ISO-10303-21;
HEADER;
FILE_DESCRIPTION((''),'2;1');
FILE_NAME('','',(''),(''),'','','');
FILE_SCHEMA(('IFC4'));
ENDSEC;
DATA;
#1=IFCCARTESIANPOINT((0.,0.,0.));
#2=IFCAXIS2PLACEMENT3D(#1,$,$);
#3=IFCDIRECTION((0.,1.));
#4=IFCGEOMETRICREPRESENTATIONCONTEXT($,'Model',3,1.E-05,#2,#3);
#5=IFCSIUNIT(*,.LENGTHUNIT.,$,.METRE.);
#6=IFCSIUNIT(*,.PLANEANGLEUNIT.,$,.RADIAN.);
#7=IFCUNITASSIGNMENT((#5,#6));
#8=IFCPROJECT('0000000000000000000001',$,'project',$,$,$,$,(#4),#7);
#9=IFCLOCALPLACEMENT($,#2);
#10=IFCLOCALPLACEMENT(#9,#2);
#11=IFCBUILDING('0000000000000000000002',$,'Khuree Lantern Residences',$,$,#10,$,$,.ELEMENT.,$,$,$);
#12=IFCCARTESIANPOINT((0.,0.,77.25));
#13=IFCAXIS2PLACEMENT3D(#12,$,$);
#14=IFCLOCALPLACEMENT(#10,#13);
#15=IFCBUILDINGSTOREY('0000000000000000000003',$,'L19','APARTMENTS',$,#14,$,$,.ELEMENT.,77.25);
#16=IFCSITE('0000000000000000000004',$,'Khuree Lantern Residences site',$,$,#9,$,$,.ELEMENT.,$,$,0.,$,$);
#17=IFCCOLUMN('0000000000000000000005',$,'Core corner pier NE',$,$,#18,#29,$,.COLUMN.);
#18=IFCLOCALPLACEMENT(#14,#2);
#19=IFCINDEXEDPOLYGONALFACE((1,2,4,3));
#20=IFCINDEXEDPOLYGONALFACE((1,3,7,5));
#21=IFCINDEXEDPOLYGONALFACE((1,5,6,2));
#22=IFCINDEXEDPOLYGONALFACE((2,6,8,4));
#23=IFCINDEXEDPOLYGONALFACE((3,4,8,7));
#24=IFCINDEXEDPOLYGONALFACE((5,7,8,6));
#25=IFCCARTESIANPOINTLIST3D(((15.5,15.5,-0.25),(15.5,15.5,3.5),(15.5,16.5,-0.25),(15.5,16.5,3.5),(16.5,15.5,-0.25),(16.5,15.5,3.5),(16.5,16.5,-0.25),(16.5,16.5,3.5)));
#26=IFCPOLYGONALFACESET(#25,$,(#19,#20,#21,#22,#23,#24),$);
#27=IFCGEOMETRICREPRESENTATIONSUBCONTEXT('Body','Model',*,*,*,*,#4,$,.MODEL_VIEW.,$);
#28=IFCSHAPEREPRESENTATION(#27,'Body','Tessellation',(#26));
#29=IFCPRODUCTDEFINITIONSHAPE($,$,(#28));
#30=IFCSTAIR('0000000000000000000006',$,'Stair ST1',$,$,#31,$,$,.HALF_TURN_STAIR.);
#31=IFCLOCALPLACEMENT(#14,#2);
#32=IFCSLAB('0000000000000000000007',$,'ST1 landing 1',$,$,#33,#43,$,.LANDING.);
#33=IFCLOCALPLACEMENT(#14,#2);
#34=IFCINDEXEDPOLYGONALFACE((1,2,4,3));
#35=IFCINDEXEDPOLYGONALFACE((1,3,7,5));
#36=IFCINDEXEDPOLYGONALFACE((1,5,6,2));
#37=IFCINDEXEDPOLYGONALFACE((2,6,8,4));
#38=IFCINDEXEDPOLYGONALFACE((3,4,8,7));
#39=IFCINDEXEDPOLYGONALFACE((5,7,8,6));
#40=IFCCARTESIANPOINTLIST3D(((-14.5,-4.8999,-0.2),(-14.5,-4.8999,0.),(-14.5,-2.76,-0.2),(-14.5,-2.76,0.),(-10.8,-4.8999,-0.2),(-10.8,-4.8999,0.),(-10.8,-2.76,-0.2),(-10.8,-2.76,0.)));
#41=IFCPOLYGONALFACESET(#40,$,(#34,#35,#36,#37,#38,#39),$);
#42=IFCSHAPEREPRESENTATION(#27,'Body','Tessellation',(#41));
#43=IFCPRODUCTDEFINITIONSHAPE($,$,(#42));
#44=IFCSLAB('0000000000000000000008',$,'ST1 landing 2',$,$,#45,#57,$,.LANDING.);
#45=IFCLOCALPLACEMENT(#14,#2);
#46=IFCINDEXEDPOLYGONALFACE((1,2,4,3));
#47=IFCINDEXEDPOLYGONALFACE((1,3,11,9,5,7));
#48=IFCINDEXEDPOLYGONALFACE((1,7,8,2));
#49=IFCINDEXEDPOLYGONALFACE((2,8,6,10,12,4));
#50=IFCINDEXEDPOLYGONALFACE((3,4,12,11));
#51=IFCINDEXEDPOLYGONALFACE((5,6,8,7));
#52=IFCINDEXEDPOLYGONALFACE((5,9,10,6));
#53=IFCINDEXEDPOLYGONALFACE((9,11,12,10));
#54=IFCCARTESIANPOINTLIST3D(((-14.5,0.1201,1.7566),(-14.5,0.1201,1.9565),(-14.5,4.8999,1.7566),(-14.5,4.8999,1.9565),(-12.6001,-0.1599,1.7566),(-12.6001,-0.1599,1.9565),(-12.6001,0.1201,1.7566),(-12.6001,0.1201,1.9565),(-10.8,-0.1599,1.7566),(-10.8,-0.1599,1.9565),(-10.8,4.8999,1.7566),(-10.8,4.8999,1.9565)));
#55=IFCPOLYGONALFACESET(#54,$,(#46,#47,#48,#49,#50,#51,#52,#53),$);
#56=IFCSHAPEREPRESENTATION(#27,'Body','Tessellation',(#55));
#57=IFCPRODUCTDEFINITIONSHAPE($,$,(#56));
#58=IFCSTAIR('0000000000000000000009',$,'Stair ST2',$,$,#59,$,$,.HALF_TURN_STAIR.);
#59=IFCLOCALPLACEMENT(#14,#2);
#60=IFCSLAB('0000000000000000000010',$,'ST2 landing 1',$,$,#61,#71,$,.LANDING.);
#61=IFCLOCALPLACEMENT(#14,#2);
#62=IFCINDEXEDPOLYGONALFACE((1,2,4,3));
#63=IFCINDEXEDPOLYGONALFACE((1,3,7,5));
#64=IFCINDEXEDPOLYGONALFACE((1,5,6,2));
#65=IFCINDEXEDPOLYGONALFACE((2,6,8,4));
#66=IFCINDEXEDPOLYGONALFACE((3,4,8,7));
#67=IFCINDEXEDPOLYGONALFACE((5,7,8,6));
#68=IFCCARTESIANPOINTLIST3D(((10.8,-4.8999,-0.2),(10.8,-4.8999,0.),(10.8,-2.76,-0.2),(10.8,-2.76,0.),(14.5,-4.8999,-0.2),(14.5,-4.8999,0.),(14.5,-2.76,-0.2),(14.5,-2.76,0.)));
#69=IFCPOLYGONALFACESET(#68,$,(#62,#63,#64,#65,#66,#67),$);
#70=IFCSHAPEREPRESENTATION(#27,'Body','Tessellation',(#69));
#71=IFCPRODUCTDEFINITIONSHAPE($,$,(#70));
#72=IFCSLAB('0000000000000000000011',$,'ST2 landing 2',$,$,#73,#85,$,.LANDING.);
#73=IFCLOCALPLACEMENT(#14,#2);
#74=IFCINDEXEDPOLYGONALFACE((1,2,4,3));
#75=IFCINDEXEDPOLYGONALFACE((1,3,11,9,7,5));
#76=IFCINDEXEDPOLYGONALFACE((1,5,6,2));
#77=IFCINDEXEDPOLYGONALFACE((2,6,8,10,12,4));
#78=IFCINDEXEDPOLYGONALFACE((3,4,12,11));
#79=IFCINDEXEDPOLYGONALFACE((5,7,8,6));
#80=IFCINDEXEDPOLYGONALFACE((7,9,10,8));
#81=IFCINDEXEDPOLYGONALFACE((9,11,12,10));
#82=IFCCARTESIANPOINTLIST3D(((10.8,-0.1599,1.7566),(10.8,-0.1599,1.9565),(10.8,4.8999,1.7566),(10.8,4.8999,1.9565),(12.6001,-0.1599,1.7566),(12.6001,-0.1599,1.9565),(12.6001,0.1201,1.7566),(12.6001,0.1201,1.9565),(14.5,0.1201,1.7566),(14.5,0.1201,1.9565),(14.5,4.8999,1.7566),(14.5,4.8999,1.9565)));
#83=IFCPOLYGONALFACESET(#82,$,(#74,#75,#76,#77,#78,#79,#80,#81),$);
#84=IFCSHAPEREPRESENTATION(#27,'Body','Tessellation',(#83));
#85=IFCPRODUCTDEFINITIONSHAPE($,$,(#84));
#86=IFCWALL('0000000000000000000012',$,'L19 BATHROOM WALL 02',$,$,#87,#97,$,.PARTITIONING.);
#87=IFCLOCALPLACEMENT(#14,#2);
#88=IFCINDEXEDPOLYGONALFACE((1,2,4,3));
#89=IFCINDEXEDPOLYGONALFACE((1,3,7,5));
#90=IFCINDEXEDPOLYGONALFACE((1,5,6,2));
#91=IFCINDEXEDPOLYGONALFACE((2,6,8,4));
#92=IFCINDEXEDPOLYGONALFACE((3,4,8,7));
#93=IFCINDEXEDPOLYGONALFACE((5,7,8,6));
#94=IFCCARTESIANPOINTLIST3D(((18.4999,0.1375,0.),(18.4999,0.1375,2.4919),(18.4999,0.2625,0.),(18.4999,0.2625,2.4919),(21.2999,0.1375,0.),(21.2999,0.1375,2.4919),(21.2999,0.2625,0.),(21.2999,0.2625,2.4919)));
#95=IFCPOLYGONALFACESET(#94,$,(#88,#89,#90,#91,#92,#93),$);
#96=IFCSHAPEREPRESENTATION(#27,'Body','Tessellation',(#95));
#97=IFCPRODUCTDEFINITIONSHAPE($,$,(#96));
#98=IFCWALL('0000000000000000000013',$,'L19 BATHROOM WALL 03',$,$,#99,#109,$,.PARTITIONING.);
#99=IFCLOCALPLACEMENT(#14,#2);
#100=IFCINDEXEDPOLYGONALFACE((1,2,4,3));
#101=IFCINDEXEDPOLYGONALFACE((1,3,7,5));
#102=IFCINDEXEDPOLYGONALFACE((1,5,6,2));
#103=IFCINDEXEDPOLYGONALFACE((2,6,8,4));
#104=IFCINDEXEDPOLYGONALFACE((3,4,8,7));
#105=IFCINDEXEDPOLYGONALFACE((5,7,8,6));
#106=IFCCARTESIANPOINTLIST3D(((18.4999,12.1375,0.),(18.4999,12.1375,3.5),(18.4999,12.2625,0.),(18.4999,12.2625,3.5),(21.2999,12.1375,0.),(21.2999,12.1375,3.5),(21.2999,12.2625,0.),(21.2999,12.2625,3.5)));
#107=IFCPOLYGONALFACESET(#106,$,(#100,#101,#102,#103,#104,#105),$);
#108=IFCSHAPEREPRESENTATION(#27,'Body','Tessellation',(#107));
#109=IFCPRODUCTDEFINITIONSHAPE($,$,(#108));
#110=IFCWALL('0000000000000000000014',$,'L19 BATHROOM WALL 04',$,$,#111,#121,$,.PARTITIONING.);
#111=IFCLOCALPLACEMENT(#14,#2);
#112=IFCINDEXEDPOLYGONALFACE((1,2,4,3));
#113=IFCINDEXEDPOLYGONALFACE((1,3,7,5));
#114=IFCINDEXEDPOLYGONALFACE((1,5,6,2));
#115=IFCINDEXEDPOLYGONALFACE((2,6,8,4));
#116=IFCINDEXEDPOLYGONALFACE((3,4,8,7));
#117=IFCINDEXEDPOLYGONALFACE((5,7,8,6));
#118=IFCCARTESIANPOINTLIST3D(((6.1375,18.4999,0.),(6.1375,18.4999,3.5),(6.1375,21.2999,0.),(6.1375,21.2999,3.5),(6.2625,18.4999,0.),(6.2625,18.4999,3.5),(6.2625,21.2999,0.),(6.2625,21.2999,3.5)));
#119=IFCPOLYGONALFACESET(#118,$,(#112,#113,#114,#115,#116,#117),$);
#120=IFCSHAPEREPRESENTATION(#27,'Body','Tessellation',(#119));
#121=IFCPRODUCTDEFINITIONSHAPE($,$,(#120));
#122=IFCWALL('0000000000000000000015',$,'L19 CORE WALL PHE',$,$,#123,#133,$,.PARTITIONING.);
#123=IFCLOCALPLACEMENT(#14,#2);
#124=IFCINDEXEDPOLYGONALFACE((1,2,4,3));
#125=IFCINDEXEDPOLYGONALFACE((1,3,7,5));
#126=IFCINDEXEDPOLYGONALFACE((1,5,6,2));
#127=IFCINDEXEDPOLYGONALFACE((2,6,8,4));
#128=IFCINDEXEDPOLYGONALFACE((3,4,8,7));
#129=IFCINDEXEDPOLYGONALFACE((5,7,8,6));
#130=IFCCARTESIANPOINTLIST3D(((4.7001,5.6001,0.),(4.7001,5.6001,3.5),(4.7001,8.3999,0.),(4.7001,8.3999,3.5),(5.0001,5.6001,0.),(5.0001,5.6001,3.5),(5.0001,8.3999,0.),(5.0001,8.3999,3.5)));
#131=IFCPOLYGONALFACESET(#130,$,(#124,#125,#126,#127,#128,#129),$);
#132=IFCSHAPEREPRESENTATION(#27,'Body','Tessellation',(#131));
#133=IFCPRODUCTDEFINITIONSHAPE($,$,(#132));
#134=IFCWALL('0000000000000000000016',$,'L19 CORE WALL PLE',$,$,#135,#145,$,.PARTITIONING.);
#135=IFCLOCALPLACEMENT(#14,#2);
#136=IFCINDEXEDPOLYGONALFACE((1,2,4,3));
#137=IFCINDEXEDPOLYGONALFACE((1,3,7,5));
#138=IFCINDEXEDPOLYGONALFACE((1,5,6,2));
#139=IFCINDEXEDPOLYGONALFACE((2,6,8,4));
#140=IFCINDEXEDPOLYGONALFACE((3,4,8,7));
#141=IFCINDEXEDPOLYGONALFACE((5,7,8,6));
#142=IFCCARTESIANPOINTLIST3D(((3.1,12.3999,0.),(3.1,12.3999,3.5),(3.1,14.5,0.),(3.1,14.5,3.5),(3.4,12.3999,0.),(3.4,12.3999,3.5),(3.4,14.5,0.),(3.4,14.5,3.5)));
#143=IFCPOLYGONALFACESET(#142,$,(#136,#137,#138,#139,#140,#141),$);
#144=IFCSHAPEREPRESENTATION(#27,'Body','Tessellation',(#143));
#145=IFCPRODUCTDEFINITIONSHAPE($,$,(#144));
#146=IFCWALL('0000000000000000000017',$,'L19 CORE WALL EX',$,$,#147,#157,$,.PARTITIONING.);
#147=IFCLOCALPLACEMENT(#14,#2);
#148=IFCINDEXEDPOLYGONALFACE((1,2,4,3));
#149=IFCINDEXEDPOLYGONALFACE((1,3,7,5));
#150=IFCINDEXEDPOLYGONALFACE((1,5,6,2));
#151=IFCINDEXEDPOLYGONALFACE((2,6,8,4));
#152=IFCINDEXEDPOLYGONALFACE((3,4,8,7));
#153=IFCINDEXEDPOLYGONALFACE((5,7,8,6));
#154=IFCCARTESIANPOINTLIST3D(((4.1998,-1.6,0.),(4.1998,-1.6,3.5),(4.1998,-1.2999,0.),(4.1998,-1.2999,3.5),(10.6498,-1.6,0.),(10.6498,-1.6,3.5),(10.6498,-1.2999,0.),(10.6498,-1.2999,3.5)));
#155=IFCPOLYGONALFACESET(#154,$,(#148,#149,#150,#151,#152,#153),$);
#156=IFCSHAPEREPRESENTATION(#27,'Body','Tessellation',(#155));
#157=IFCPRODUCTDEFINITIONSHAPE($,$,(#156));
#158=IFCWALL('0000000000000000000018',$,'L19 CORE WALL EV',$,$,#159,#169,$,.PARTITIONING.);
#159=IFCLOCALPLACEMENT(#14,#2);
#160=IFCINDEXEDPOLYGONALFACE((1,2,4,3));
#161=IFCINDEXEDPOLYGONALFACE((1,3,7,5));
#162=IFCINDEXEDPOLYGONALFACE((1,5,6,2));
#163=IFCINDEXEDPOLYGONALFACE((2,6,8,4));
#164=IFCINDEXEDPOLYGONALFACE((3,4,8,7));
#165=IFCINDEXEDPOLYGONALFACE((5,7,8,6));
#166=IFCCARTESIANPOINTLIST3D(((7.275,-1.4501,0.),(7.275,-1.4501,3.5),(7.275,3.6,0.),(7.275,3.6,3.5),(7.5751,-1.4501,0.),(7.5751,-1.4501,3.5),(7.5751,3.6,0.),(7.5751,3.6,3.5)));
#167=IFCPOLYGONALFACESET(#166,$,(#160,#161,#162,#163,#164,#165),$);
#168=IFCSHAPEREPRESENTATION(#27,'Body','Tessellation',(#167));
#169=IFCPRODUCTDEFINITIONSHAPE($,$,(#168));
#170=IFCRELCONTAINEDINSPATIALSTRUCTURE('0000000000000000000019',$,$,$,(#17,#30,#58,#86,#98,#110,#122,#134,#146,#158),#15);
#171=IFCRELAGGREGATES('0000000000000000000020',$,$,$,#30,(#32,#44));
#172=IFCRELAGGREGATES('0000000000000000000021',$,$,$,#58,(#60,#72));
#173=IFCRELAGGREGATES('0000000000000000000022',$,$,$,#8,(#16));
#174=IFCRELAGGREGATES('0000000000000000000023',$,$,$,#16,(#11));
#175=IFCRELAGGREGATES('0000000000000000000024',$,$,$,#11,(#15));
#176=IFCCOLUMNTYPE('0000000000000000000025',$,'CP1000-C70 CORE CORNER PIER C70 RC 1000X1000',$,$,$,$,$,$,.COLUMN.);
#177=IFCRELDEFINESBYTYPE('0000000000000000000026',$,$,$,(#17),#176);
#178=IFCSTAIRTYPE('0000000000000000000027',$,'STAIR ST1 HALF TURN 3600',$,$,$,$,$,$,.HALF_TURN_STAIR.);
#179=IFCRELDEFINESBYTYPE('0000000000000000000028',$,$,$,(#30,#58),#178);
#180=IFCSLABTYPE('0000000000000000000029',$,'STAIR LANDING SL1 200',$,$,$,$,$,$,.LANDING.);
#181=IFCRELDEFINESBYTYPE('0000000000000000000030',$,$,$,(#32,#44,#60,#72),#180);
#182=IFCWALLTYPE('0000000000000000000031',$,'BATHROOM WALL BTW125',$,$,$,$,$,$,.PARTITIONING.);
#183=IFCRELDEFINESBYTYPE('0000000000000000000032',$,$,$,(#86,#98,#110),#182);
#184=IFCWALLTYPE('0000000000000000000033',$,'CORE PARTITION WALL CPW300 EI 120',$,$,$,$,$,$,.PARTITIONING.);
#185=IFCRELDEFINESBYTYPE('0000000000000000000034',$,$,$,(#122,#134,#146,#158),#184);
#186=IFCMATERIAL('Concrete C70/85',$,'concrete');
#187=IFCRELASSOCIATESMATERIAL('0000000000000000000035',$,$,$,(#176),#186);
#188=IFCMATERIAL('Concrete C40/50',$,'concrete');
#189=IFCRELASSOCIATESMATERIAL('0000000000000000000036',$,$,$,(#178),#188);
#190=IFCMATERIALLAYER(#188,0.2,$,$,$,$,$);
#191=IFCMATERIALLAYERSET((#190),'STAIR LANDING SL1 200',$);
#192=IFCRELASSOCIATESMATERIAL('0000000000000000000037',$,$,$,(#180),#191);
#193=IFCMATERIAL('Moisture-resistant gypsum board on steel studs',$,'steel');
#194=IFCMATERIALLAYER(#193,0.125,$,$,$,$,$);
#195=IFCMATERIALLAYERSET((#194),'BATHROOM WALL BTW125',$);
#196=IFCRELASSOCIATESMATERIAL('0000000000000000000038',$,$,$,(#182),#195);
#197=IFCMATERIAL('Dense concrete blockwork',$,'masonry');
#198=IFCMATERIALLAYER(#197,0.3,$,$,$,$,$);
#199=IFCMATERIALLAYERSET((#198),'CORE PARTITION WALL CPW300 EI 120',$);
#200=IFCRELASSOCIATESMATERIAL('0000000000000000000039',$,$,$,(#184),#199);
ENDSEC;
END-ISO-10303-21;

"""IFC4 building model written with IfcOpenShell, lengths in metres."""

from ifc_helpers import new_model, si_unit, direction, frame, frame_2d, origin, origin_2d, place, context, subcontext, project, spatial, polyline, rectangle, outline, extrude, material, layer, layer_set, material_profile, profile_set, type_object, element, aggregate, save


model = new_model("IFC4")

# Units and contexts
model_context = context("Model", 3, precision=1e-05, world=origin(), true_north=direction((0.0, 1.0)))
body_context = subcontext(model_context, "Body", "Model", "MODEL_VIEW")
ifc_project = project(units=[si_unit("LENGTHUNIT", "METRE"), si_unit("PLANEANGLEUNIT", "RADIAN")], contexts=[model_context])

# Site, building, storey
site_placement = place(None, origin())
site = spatial("IfcSite", under=ifc_project, at=site_placement, Name="Khuree Lantern Residences site", CompositionType="ELEMENT", RefElevation=0.0)
building_placement = place(site_placement, origin())
building = spatial("IfcBuilding", under=site, at=building_placement, Name="Khuree Lantern Residences", CompositionType="ELEMENT")
storey_placement = place(building_placement, frame((0.0, 0.0, 77.25)))
storey = spatial("IfcBuildingStorey", under=building, at=storey_placement, Name="L19", Description="APARTMENTS", CompositionType="ELEMENT", Elevation=77.25)

# Column
ifc_material_1 = material(Name="Concrete C70/85", Category="concrete")
ifc_material_profile = material_profile(ifc_material_1, rectangle(XDim=1.0, YDim=1.0, at=origin_2d()), Name="RC 1000X1000")
ifc_profile_set = profile_set([ifc_material_profile], Name="Concrete C70/85")
column_type = type_object("IfcColumnType", Name="CP1000-C70 CORE CORNER PIER C70 RC 1000X1000", PredefinedType="COLUMN", material=ifc_profile_set)
column_placement = place(storey_placement, frame((16.0, 16.0, -0.25), z_axis=(0.0, 0.0, 1.0), x_axis=(1.0, 0.0, 0.0)))
element("IfcColumn", 1, at=column_placement, inside=storey, type_object=column_type, Name="Core corner pier NE", PredefinedType="COLUMN", context=body_context, shape_type="SweptSolid", body=[
    extrude(rectangle(XDim=1.0, YDim=1.0, at=origin_2d()), origin(), (0.0, 0.0, 1.0), 3.75),
])

# Stairs, slabs
ifc_material_2 = material(Name="Concrete C40/50", Category="concrete")
stair_type = type_object("IfcStairType", Name="STAIR ST1 HALF TURN 3600", PredefinedType="HALF_TURN_STAIR", material=ifc_material_2)
stair_1_placement = place(storey_placement, origin())
stair_1 = element("IfcStair", 2, at=stair_1_placement, inside=storey, type_object=stair_type, Name="Stair ST1", PredefinedType="HALF_TURN_STAIR")
ifc_layer_1 = layer(ifc_material_2, 0.2)
ifc_layer_set_1 = layer_set([ifc_layer_1], Name="STAIR LANDING SL1 200")
slab_type = type_object("IfcSlabType", Name="STAIR LANDING SL1 200", PredefinedType="LANDING", material=ifc_layer_set_1)
slab_1_placement = place(storey_placement, frame((0.0, 0.0, -0.2)))
slab_1 = element("IfcSlab", 3, at=slab_1_placement, type_object=slab_type, Name="ST1 landing 1", PredefinedType="LANDING", context=body_context, shape_type="SweptSolid", body=[
    extrude(outline(polyline([(-14.5, -4.8999), (-10.8, -4.8999), (-10.8, -2.76), (-14.5, -2.76), (-14.5, -4.8999)])), origin(), (0.0, 0.0, 1.0), 0.2),
])
slab_2_placement = place(storey_placement, frame((0.0, 0.0, 1.7566)))
slab_2 = element("IfcSlab", 4, at=slab_2_placement, type_object=slab_type, Name="ST1 landing 2", PredefinedType="LANDING", context=body_context, shape_type="SweptSolid", body=[
    extrude(outline(polyline([(-14.5, 0.1201), (-14.5, 4.8999), (-10.8, 4.8999), (-10.8, -0.1599), (-12.6001, -0.1599), (-12.6001, 0.1201), (-14.5, 0.1201)])), origin(), (0.0, 0.0, 1.0), 0.2),
])
aggregate(stair_1, [slab_1, slab_2])
stair_2_placement = place(storey_placement, origin())
stair_2 = element("IfcStair", 5, at=stair_2_placement, inside=storey, type_object=stair_type, Name="Stair ST2", PredefinedType="HALF_TURN_STAIR")
slab_3_placement = place(storey_placement, frame((0.0, 0.0, -0.2)))
slab_3 = element("IfcSlab", 6, at=slab_3_placement, type_object=slab_type, Name="ST2 landing 1", PredefinedType="LANDING", context=body_context, shape_type="SweptSolid", body=[
    extrude(outline(polyline([(10.8, -4.8999), (14.5, -4.8999), (14.5, -2.76), (10.8, -2.76), (10.8, -4.8999)])), origin(), (0.0, 0.0, 1.0), 0.2),
])
slab_4_placement = place(storey_placement, frame((0.0, 0.0, 1.7566)))
slab_4 = element("IfcSlab", 7, at=slab_4_placement, type_object=slab_type, Name="ST2 landing 2", PredefinedType="LANDING", context=body_context, shape_type="SweptSolid", body=[
    extrude(outline(polyline([(14.5, 4.8999), (14.5, 0.1201), (12.6001, 0.1201), (12.6001, -0.1599), (10.8, -0.1599), (10.8, 4.8999), (14.5, 4.8999)])), origin(), (0.0, 0.0, 1.0), 0.2),
])

# Walls
ifc_material_3 = material(Name="Moisture-resistant gypsum board on steel studs", Category="steel")
ifc_layer_2 = layer(ifc_material_3, 0.125)
ifc_layer_set_2 = layer_set([ifc_layer_2], Name="BATHROOM WALL BTW125")
wall_type_1 = type_object("IfcWallType", Name="BATHROOM WALL BTW125", PredefinedType="PARTITIONING", material=ifc_layer_set_2)
wall_1_placement = place(storey_placement, frame((18.5, 0.2, 0.0), z_axis=(0.0, 0.0, 1.0), x_axis=(1.0, 0.0, 0.0)))
element("IfcWall", 8, at=wall_1_placement, inside=storey, type_object=wall_type_1, Name="L19 BATHROOM WALL 02", PredefinedType="PARTITIONING", context=body_context, shape_type="SweptSolid", body=[
    extrude(rectangle(XDim=2.8, YDim=0.125, at=frame_2d((1.3999, 0.0))), origin(), (0.0, 0.0, 1.0), 2.4919),
])
for number, where, z_axis, x_axis, name in (
    (9, (18.5, 12.2, 0.0), (0.0, 0.0, 1.0), (1.0, 0.0, 0.0), "L19 BATHROOM WALL 03"),
    (10, (6.2, 18.5, 0.0), (0.0, 0.0, 1.0), (0.0, 1.0, 0.0), "L19 BATHROOM WALL 04"),
):
    element("IfcWall", number, at=place(storey_placement, frame(where, z_axis=z_axis, x_axis=x_axis)), inside=storey, type_object=wall_type_1, Name=name, PredefinedType="PARTITIONING", context=body_context, shape_type="SweptSolid", body=[
        extrude(rectangle(XDim=2.8, YDim=0.125, at=frame_2d((1.3999, 0.0))), origin(), (0.0, 0.0, 1.0), 3.5),
    ])
ifc_material_4 = material(Name="Dense concrete blockwork", Category="masonry")
ifc_layer_3 = layer(ifc_material_4, 0.3)
ifc_layer_set_3 = layer_set([ifc_layer_3], Name="CORE PARTITION WALL CPW300 EI 120")
wall_type_2 = type_object("IfcWallType", Name="CORE PARTITION WALL CPW300 EI 120", PredefinedType="PARTITIONING", material=ifc_layer_set_3)
wall_2_placement = place(storey_placement, frame((4.8501, 5.6001, 0.0), z_axis=(0.0, 0.0, 1.0), x_axis=(0.0, 1.0, 0.0)))
element("IfcWall", 11, at=wall_2_placement, inside=storey, type_object=wall_type_2, Name="L19 CORE WALL PHE", PredefinedType="PARTITIONING", context=body_context, shape_type="SweptSolid", body=[
    extrude(rectangle(XDim=2.7998, YDim=0.3, at=frame_2d((1.3999, 0.0))), origin(), (0.0, 0.0, 1.0), 3.5),
])
wall_3_placement = place(storey_placement, frame((3.25, 12.3999, 0.0), z_axis=(0.0, 0.0, 1.0), x_axis=(0.0, 1.0, 0.0)))
element("IfcWall", 12, at=wall_3_placement, inside=storey, type_object=wall_type_2, Name="L19 CORE WALL PLE", PredefinedType="PARTITIONING", context=body_context, shape_type="SweptSolid", body=[
    extrude(rectangle(XDim=2.1001, YDim=0.3, at=frame_2d((1.05, 0.0))), origin(), (0.0, 0.0, 1.0), 3.5),
])
wall_4_placement = place(storey_placement, frame((10.6499, -1.45, 0.0), z_axis=(0.0, 0.0, 1.0), x_axis=(-1.0, 0.0, 0.0)))
element("IfcWall", 13, at=wall_4_placement, inside=storey, type_object=wall_type_2, Name="L19 CORE WALL EX", PredefinedType="PARTITIONING", context=body_context, shape_type="SweptSolid", body=[
    extrude(rectangle(XDim=6.45, YDim=0.3, at=frame_2d((3.2251, 0.0))), origin(), (0.0, 0.0, 1.0), 3.5),
])
wall_5_placement = place(storey_placement, frame((7.425, -1.45, 0.0), z_axis=(0.0, 0.0, 1.0), x_axis=(0.0, 1.0, 0.0)))
element("IfcWall", 14, at=wall_5_placement, inside=storey, type_object=wall_type_2, Name="L19 CORE WALL EV", PredefinedType="PARTITIONING", context=body_context, shape_type="SweptSolid", body=[
    extrude(rectangle(XDim=5.05, YDim=0.3, at=frame_2d((2.5249, 0.0))), origin(), (0.0, 0.0, 1.0), 3.5),
])

aggregate(stair_2, [slab_3, slab_4])

save(model, "model.ifc")
